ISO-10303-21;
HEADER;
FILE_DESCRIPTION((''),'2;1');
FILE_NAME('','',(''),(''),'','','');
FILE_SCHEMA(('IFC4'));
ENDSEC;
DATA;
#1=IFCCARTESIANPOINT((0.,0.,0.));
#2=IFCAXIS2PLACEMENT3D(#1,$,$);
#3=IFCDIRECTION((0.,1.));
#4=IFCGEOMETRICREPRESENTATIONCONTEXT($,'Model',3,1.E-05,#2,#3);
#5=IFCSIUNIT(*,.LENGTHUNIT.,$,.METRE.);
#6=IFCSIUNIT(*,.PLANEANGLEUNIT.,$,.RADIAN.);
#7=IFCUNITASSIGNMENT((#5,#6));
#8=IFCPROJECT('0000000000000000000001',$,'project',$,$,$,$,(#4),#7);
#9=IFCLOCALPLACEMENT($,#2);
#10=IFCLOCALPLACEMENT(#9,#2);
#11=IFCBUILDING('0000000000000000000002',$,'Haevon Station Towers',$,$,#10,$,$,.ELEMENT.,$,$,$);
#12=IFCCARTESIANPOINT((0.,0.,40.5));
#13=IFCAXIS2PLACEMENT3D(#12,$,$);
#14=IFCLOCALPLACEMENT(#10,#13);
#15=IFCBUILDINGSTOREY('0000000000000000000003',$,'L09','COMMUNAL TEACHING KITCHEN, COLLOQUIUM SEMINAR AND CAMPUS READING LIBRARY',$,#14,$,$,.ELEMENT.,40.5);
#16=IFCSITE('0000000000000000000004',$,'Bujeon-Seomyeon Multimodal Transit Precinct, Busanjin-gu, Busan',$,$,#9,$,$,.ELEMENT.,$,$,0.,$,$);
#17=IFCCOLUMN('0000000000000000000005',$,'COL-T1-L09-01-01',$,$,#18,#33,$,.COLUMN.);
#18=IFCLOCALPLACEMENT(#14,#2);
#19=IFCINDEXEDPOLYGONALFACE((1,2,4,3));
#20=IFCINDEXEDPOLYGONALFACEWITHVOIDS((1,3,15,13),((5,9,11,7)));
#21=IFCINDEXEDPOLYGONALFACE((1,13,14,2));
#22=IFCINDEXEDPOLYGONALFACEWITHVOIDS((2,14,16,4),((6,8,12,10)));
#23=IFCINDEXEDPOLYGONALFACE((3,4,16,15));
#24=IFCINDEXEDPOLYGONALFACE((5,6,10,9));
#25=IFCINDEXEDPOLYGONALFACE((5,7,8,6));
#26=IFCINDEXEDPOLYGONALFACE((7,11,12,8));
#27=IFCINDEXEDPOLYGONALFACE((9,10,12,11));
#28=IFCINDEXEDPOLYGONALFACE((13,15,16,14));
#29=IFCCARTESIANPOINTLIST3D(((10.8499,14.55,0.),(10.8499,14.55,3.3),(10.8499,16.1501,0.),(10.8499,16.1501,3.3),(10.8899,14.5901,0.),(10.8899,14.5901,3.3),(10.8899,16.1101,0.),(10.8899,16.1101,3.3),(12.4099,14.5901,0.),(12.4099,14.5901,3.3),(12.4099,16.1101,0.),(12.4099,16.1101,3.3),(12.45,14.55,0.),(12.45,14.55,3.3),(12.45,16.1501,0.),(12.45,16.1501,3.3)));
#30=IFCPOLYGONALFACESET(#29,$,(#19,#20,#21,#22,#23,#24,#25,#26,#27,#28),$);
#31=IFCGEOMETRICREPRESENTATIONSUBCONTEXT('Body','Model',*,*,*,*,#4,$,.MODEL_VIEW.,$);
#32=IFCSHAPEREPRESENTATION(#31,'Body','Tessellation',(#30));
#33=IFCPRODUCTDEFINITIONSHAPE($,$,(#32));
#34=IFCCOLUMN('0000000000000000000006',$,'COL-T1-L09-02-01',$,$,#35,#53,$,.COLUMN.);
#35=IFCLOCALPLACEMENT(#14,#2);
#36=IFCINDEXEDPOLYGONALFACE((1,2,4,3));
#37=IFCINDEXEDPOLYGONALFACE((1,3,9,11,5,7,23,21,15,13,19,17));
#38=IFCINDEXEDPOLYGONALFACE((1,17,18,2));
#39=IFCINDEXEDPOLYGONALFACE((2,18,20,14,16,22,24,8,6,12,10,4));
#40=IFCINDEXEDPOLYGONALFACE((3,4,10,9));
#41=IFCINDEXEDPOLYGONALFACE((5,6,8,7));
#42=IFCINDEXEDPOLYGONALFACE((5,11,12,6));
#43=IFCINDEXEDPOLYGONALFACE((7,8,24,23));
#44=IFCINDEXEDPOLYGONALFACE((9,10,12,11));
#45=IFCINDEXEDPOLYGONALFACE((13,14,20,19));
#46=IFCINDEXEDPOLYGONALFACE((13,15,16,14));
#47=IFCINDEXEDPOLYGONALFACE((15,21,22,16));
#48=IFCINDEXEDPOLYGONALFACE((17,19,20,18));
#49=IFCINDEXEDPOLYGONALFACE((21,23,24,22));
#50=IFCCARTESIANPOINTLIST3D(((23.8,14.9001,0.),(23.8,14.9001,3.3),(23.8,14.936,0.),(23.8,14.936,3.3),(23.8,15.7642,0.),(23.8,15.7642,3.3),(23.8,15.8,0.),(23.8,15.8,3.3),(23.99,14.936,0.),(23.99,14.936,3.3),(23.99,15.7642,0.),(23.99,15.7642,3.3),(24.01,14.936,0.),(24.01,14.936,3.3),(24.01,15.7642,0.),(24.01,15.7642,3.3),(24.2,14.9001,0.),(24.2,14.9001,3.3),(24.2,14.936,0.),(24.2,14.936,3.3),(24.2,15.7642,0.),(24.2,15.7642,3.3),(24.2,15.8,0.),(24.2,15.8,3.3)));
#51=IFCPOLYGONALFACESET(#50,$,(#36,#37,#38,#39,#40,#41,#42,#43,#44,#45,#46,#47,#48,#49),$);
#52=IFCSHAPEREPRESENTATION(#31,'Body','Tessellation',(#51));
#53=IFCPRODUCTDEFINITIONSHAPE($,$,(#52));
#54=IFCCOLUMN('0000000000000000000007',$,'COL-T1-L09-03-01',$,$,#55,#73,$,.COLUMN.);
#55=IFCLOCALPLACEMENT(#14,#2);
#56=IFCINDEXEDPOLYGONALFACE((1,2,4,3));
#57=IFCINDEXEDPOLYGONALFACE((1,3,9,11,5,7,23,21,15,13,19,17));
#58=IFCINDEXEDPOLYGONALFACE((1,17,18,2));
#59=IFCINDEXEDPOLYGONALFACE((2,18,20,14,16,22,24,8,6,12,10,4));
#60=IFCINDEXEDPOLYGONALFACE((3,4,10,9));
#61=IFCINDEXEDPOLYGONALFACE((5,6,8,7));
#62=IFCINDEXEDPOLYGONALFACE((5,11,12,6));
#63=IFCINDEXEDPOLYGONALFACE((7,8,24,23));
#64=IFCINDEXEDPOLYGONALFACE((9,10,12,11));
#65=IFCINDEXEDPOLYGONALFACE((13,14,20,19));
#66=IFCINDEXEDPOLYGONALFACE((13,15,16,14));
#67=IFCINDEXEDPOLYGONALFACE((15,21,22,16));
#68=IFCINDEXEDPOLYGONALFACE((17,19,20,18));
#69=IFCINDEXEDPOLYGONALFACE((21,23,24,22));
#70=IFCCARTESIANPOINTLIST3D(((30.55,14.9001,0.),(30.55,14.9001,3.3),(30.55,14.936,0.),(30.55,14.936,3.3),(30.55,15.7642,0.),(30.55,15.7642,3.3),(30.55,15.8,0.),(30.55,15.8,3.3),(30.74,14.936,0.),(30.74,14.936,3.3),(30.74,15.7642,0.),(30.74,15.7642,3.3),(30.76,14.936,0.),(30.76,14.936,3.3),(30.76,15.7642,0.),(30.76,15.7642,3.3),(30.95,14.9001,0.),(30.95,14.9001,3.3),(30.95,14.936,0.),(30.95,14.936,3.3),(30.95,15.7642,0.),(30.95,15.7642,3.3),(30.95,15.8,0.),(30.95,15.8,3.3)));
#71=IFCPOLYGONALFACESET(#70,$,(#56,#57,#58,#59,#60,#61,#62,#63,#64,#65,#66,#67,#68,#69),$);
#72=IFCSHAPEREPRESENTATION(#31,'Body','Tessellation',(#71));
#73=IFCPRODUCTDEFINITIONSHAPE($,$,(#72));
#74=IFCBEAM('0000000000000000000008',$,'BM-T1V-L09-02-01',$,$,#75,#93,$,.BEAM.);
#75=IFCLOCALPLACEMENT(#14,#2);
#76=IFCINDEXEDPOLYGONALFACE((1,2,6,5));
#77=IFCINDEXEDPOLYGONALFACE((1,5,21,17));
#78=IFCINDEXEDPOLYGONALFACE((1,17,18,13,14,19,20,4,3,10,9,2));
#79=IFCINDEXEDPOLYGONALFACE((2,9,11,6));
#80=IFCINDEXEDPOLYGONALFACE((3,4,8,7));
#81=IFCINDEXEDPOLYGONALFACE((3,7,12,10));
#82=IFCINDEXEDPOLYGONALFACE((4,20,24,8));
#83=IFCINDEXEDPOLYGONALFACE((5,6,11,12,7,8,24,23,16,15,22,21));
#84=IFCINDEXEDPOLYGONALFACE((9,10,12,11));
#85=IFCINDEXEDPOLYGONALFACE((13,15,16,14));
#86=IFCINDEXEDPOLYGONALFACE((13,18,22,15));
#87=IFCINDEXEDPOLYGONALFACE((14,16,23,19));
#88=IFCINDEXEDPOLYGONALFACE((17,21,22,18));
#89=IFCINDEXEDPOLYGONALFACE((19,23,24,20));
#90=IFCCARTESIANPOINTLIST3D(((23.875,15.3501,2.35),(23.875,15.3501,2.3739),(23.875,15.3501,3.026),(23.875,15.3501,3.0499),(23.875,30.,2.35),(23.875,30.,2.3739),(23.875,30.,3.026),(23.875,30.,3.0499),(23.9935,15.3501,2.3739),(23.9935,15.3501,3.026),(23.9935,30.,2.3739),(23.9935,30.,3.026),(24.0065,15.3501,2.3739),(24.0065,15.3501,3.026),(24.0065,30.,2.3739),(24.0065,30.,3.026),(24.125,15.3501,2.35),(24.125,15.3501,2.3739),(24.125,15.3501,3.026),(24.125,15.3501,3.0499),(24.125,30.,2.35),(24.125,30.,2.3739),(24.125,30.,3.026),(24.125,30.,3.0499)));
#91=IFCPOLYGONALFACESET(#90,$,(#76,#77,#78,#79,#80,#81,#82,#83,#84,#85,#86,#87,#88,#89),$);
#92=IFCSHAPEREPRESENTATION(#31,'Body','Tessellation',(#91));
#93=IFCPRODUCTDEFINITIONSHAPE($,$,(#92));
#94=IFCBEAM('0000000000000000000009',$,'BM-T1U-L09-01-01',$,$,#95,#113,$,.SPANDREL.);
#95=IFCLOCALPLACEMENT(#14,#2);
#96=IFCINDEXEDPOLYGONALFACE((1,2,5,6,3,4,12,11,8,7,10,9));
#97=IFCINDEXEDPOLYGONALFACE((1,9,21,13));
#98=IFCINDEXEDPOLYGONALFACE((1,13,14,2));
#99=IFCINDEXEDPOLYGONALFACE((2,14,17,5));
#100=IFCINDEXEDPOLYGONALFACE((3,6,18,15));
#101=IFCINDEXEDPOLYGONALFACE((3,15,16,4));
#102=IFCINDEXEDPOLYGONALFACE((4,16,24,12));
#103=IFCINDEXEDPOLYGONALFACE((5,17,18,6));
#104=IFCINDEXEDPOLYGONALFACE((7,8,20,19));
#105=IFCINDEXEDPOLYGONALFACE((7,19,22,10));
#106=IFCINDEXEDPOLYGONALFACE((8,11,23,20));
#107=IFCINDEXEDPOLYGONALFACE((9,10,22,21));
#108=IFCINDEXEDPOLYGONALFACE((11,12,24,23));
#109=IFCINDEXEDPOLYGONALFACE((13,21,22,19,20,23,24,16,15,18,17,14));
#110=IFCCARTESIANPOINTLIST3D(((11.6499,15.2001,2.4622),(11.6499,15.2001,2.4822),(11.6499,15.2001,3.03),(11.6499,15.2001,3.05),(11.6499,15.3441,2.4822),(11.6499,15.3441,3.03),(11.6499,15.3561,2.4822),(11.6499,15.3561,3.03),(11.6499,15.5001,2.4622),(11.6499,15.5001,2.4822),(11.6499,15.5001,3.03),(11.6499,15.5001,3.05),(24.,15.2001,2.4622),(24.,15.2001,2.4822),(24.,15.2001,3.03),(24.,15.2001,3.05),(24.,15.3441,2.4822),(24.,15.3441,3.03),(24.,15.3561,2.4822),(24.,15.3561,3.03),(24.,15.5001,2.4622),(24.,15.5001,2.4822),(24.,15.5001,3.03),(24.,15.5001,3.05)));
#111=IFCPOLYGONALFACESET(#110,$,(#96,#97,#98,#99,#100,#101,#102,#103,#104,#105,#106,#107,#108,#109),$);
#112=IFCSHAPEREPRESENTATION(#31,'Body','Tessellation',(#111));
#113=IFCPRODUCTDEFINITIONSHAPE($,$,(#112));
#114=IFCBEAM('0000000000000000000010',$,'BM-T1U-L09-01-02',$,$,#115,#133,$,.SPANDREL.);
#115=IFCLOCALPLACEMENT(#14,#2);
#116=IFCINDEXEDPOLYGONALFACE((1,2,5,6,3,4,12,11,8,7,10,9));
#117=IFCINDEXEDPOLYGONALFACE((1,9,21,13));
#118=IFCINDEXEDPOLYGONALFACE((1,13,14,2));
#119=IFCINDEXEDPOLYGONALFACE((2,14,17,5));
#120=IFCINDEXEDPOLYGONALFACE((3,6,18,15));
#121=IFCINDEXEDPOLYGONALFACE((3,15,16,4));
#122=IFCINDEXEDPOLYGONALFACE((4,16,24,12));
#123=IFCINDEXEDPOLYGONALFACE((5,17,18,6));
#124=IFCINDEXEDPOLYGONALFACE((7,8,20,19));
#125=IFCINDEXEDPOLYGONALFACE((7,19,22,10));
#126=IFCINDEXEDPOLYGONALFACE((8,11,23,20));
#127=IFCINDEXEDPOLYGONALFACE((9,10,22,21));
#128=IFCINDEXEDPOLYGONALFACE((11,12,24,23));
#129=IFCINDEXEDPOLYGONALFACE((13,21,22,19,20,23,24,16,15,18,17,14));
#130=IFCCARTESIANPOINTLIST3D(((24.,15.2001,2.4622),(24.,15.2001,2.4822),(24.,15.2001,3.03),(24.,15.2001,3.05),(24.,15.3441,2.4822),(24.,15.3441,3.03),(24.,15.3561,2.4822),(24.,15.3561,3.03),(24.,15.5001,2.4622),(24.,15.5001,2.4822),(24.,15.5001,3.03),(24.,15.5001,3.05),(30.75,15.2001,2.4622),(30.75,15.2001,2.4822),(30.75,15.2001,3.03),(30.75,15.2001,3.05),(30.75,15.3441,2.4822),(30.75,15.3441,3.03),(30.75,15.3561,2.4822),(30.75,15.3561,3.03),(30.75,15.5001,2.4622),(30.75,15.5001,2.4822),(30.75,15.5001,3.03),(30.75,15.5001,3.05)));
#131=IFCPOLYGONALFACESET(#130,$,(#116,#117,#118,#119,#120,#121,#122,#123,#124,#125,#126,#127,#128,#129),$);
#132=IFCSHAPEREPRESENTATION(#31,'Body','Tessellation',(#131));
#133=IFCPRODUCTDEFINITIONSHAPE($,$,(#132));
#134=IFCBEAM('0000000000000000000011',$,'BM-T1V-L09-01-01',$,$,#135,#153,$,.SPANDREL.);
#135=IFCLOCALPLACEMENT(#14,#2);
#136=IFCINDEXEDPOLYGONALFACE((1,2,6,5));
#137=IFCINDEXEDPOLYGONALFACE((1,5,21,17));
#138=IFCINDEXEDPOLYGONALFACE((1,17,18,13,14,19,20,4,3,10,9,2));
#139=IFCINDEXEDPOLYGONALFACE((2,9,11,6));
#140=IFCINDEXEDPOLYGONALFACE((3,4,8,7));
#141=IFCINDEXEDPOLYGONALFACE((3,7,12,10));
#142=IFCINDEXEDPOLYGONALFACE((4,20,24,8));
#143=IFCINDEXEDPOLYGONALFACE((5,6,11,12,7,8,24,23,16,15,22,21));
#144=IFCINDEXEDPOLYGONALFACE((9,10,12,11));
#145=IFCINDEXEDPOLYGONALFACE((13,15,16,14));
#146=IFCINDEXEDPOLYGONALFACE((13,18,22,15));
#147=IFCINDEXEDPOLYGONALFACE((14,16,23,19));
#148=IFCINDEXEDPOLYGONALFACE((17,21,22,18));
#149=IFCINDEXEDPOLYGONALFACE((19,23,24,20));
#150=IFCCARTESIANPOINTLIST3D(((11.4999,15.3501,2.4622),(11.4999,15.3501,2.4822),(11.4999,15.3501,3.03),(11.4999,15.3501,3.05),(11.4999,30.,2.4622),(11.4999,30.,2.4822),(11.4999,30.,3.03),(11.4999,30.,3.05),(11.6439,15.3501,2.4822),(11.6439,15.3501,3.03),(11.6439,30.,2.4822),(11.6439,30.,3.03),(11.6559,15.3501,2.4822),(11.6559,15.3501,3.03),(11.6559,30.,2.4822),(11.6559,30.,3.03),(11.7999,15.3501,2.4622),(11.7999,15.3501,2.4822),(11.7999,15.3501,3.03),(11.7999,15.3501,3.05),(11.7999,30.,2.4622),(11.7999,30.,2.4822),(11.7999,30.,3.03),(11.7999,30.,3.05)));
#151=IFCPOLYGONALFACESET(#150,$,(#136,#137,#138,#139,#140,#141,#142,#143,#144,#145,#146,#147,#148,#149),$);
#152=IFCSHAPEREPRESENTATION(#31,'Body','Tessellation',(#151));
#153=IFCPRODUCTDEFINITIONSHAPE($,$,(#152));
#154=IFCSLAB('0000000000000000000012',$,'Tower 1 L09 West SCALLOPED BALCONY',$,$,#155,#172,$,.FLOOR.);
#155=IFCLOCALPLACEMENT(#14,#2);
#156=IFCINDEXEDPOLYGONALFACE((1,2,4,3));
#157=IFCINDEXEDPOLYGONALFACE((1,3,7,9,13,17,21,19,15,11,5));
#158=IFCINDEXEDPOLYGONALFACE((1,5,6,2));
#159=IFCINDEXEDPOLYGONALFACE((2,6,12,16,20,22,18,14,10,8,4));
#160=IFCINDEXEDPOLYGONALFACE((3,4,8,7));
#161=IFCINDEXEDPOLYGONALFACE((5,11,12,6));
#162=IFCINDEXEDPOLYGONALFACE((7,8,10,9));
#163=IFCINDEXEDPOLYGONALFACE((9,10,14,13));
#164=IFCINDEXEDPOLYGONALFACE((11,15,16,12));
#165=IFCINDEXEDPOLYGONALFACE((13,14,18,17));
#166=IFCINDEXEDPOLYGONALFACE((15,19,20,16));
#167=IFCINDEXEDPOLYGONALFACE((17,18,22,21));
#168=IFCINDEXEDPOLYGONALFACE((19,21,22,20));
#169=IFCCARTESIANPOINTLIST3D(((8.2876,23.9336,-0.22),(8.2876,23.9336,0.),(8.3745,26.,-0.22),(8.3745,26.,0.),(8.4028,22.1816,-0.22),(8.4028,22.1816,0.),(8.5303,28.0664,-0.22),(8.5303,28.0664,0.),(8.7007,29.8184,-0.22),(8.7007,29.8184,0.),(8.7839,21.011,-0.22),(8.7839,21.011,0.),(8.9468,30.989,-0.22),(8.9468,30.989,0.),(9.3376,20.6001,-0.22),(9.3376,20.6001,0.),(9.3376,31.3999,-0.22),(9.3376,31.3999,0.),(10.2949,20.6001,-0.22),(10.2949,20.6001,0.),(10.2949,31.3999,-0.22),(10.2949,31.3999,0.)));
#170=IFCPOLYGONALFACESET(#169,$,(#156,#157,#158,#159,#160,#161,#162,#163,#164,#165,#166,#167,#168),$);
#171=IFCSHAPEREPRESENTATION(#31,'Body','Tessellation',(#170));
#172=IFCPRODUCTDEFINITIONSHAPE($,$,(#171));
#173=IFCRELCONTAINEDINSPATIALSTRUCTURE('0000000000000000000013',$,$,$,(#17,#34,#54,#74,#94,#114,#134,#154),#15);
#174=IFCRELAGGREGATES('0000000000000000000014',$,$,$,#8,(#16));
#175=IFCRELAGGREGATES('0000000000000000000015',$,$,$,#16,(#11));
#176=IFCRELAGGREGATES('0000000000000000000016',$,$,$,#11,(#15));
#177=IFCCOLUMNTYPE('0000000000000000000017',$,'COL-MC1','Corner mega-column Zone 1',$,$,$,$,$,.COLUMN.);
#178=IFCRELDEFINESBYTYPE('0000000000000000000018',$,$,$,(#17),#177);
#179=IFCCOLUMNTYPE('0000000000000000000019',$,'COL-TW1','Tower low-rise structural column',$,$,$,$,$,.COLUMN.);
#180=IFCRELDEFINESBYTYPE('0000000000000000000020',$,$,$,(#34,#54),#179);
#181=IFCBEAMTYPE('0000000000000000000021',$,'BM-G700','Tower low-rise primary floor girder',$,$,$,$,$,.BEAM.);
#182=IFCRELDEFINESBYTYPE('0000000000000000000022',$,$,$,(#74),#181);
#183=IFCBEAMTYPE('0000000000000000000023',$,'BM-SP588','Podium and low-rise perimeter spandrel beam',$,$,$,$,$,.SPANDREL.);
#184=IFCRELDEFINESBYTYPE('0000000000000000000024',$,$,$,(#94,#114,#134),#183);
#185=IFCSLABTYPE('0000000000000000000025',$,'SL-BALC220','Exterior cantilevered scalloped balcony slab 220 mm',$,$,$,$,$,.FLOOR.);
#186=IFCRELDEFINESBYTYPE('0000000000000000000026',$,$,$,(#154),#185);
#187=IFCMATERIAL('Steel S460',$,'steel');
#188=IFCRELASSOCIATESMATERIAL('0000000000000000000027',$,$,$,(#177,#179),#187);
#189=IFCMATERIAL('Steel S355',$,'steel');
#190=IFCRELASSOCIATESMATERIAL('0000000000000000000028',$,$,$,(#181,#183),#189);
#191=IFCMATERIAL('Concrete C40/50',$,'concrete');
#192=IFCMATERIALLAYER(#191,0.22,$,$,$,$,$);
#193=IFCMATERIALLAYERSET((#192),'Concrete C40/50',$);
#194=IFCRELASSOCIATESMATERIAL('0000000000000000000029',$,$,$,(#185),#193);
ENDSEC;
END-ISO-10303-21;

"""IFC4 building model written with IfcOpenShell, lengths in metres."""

from ifc_helpers import new_model, si_unit, direction, frame, origin, origin_2d, place, context, subcontext, project, spatial, polyline, hollow_rectangle, i_section, outline, extrude, material, layer, layer_set, material_profile, profile_set, type_object, element, save


model = new_model("IFC4")

# Units and contexts
model_context = context("Model", 3, precision=1e-05, world=origin(), true_north=direction((0.0, 1.0)))
body_context = subcontext(model_context, "Body", "Model", "MODEL_VIEW")
ifc_project = project(units=[si_unit("LENGTHUNIT", "METRE"), si_unit("PLANEANGLEUNIT", "RADIAN")], contexts=[model_context])

# Site, building, storey
site_placement = place(None, origin())
site = spatial("IfcSite", under=ifc_project, at=site_placement, Name="Bujeon-Seomyeon Multimodal Transit Precinct, Busanjin-gu, Busan", CompositionType="ELEMENT", RefElevation=0.0)
building_placement = place(site_placement, origin())
building = spatial("IfcBuilding", under=site, at=building_placement, Name="Haevon Station Towers", CompositionType="ELEMENT")
storey_placement = place(building_placement, frame((0.0, 0.0, 40.5)))
storey = spatial("IfcBuildingStorey", under=building, at=storey_placement, Name="L09", Description="COMMUNAL TEACHING KITCHEN, COLLOQUIUM SEMINAR AND CAMPUS READING LIBRARY", CompositionType="ELEMENT", Elevation=40.5)

# Columns
ifc_material_1 = material(Name="Steel S460", Category="steel")
ifc_material_profile_1 = material_profile(ifc_material_1, hollow_rectangle(XDim=1.6001, YDim=1.6001, WallThickness=0.04, at=origin_2d()), Name="BOX-1600x1600x40")
ifc_profile_set_1 = profile_set([ifc_material_profile_1], Name="Steel S460")
column_type_1 = type_object("IfcColumnType", Name="COL-MC1", Description="Corner mega-column Zone 1", PredefinedType="COLUMN", material=ifc_profile_set_1)
column_placement = place(storey_placement, frame((11.6499, 15.3501, 0.0), z_axis=(0.0, 0.0, 1.0), x_axis=(1.0, 0.0, 0.0)))
element("IfcColumn", 1, at=column_placement, inside=storey, type_object=column_type_1, Name="COL-T1-L09-01-01", PredefinedType="COLUMN", context=body_context, shape_type="SweptSolid", body=[
    extrude(hollow_rectangle(XDim=1.6001, YDim=1.6001, WallThickness=0.04, at=origin_2d()), origin(), (0.0, 0.0, 1.0), 3.3),
])
ifc_material_profile_2 = material_profile(ifc_material_1, i_section(OverallWidth=0.3999, OverallDepth=0.8999, WebThickness=0.02, FlangeThickness=0.0359, at=origin_2d()), Name="H-900x400x20x36")
ifc_profile_set_2 = profile_set([ifc_material_profile_2], Name="Steel S460")
column_type_2 = type_object("IfcColumnType", Name="COL-TW1", Description="Tower low-rise structural column", PredefinedType="COLUMN", material=ifc_profile_set_2)
for number, where, z_axis, x_axis, name in (
    (2, (24.0, 15.3501, 0.0), (0.0, 0.0, 1.0), (1.0, 0.0, 0.0), "COL-T1-L09-02-01"),
    (3, (30.75, 15.3501, 0.0), (0.0, 0.0, 1.0), (1.0, 0.0, 0.0), "COL-T1-L09-03-01"),
):
    element("IfcColumn", number, at=place(storey_placement, frame(where, z_axis=z_axis, x_axis=x_axis)), inside=storey, type_object=column_type_2, Name=name, PredefinedType="COLUMN", context=body_context, shape_type="SweptSolid", body=[
        extrude(i_section(OverallWidth=0.3999, OverallDepth=0.8999, WebThickness=0.02, FlangeThickness=0.0359, at=origin_2d()), origin(), (0.0, 0.0, 1.0), 3.3),
    ])

# Beams
ifc_material_2 = material(Name="Steel S355", Category="steel")
ifc_material_profile_3 = material_profile(ifc_material_2, i_section(OverallWidth=0.25, OverallDepth=0.7, WebThickness=0.0129, FlangeThickness=0.0239, at=origin_2d()), Name="H-700x250x13x24")
ifc_profile_set_3 = profile_set([ifc_material_profile_3], Name="Steel S355")
beam_type_1 = type_object("IfcBeamType", Name="BM-G700", Description="Tower low-rise primary floor girder", PredefinedType="BEAM", material=ifc_profile_set_3)
beam_1_placement = place(storey_placement, frame((24.0, 15.3501, 2.7), z_axis=(0.0, 1.0, 0.0), x_axis=(-1.0, 0.0, 0.0)))
element("IfcBeam", 4, at=beam_1_placement, inside=storey, type_object=beam_type_1, Name="BM-T1V-L09-02-01", PredefinedType="BEAM", context=body_context, shape_type="SweptSolid", body=[
    extrude(i_section(OverallWidth=0.25, OverallDepth=0.7, WebThickness=0.0129, FlangeThickness=0.0239, at=origin_2d()), origin(), (0.0, 0.0, 1.0), 14.6499),
])
ifc_material_profile_4 = material_profile(ifc_material_2, i_section(OverallWidth=0.3, OverallDepth=0.5879, WebThickness=0.012, FlangeThickness=0.02, at=origin_2d()), Name="H-588x300x12x20")
ifc_profile_set_4 = profile_set([ifc_material_profile_4], Name="Steel S355")
beam_type_2 = type_object("IfcBeamType", Name="BM-SP588", Description="Podium and low-rise perimeter spandrel beam", PredefinedType="SPANDREL", material=ifc_profile_set_4)
beam_2_placement = place(storey_placement, frame((11.6499, 15.3501, 2.7561), z_axis=(1.0, 0.0, 0.0), x_axis=(0.0, 1.0, 0.0)))
element("IfcBeam", 5, at=beam_2_placement, inside=storey, type_object=beam_type_2, Name="BM-T1U-L09-01-01", PredefinedType="SPANDREL", context=body_context, shape_type="SweptSolid", body=[
    extrude(i_section(OverallWidth=0.3, OverallDepth=0.5879, WebThickness=0.012, FlangeThickness=0.02, at=origin_2d()), origin(), (0.0, 0.0, 1.0), 12.3501),
])
beam_3_placement = place(storey_placement, frame((24.0, 15.3501, 2.7561), z_axis=(1.0, 0.0, 0.0), x_axis=(0.0, 1.0, 0.0)))
element("IfcBeam", 6, at=beam_3_placement, inside=storey, type_object=beam_type_2, Name="BM-T1U-L09-01-02", PredefinedType="SPANDREL", context=body_context, shape_type="SweptSolid", body=[
    extrude(i_section(OverallWidth=0.3, OverallDepth=0.5879, WebThickness=0.012, FlangeThickness=0.02, at=origin_2d()), origin(), (0.0, 0.0, 1.0), 6.75),
])
beam_4_placement = place(storey_placement, frame((11.6499, 15.3501, 2.7561), z_axis=(0.0, 1.0, 0.0), x_axis=(-1.0, 0.0, 0.0)))
element("IfcBeam", 7, at=beam_4_placement, inside=storey, type_object=beam_type_2, Name="BM-T1V-L09-01-01", PredefinedType="SPANDREL", context=body_context, shape_type="SweptSolid", body=[
    extrude(i_section(OverallWidth=0.3, OverallDepth=0.5879, WebThickness=0.012, FlangeThickness=0.02, at=origin_2d()), origin(), (0.0, 0.0, 1.0), 14.6499),
])

# Slab
ifc_material_3 = material(Name="Concrete C40/50", Category="concrete")
ifc_layer_1 = layer(ifc_material_3, 0.22)
ifc_layer_set_1 = layer_set([ifc_layer_1], Name="Concrete C40/50")
slab_type_1 = type_object("IfcSlabType", Name="SL-BALC220", Description="Exterior cantilevered scalloped balcony slab 220 mm", PredefinedType="FLOOR", material=ifc_layer_set_1)
slab_1_placement = place(storey_placement, frame((0.0, 0.0, -0.22)))
element("IfcSlab", 8, at=slab_1_placement, inside=storey, type_object=slab_type_1, Name="Tower 1 L09 West SCALLOPED BALCONY", PredefinedType="FLOOR", context=body_context, shape_type="SweptSolid", body=[
    extrude(outline(polyline([(10.2949, 31.3999), (9.3376, 31.3999), (8.9468, 30.989), (8.7007, 29.8184), (8.5303, 28.0664), (8.3745, 26.0), (8.2876, 23.9336), (8.4028, 22.1816), (8.7839, 21.011), (9.3376, 20.6001), (10.2949, 20.6001), (10.2949, 31.3999)])), origin(), (0.0, 0.0, 1.0), 0.22),
])

save(model, "model.ifc")
